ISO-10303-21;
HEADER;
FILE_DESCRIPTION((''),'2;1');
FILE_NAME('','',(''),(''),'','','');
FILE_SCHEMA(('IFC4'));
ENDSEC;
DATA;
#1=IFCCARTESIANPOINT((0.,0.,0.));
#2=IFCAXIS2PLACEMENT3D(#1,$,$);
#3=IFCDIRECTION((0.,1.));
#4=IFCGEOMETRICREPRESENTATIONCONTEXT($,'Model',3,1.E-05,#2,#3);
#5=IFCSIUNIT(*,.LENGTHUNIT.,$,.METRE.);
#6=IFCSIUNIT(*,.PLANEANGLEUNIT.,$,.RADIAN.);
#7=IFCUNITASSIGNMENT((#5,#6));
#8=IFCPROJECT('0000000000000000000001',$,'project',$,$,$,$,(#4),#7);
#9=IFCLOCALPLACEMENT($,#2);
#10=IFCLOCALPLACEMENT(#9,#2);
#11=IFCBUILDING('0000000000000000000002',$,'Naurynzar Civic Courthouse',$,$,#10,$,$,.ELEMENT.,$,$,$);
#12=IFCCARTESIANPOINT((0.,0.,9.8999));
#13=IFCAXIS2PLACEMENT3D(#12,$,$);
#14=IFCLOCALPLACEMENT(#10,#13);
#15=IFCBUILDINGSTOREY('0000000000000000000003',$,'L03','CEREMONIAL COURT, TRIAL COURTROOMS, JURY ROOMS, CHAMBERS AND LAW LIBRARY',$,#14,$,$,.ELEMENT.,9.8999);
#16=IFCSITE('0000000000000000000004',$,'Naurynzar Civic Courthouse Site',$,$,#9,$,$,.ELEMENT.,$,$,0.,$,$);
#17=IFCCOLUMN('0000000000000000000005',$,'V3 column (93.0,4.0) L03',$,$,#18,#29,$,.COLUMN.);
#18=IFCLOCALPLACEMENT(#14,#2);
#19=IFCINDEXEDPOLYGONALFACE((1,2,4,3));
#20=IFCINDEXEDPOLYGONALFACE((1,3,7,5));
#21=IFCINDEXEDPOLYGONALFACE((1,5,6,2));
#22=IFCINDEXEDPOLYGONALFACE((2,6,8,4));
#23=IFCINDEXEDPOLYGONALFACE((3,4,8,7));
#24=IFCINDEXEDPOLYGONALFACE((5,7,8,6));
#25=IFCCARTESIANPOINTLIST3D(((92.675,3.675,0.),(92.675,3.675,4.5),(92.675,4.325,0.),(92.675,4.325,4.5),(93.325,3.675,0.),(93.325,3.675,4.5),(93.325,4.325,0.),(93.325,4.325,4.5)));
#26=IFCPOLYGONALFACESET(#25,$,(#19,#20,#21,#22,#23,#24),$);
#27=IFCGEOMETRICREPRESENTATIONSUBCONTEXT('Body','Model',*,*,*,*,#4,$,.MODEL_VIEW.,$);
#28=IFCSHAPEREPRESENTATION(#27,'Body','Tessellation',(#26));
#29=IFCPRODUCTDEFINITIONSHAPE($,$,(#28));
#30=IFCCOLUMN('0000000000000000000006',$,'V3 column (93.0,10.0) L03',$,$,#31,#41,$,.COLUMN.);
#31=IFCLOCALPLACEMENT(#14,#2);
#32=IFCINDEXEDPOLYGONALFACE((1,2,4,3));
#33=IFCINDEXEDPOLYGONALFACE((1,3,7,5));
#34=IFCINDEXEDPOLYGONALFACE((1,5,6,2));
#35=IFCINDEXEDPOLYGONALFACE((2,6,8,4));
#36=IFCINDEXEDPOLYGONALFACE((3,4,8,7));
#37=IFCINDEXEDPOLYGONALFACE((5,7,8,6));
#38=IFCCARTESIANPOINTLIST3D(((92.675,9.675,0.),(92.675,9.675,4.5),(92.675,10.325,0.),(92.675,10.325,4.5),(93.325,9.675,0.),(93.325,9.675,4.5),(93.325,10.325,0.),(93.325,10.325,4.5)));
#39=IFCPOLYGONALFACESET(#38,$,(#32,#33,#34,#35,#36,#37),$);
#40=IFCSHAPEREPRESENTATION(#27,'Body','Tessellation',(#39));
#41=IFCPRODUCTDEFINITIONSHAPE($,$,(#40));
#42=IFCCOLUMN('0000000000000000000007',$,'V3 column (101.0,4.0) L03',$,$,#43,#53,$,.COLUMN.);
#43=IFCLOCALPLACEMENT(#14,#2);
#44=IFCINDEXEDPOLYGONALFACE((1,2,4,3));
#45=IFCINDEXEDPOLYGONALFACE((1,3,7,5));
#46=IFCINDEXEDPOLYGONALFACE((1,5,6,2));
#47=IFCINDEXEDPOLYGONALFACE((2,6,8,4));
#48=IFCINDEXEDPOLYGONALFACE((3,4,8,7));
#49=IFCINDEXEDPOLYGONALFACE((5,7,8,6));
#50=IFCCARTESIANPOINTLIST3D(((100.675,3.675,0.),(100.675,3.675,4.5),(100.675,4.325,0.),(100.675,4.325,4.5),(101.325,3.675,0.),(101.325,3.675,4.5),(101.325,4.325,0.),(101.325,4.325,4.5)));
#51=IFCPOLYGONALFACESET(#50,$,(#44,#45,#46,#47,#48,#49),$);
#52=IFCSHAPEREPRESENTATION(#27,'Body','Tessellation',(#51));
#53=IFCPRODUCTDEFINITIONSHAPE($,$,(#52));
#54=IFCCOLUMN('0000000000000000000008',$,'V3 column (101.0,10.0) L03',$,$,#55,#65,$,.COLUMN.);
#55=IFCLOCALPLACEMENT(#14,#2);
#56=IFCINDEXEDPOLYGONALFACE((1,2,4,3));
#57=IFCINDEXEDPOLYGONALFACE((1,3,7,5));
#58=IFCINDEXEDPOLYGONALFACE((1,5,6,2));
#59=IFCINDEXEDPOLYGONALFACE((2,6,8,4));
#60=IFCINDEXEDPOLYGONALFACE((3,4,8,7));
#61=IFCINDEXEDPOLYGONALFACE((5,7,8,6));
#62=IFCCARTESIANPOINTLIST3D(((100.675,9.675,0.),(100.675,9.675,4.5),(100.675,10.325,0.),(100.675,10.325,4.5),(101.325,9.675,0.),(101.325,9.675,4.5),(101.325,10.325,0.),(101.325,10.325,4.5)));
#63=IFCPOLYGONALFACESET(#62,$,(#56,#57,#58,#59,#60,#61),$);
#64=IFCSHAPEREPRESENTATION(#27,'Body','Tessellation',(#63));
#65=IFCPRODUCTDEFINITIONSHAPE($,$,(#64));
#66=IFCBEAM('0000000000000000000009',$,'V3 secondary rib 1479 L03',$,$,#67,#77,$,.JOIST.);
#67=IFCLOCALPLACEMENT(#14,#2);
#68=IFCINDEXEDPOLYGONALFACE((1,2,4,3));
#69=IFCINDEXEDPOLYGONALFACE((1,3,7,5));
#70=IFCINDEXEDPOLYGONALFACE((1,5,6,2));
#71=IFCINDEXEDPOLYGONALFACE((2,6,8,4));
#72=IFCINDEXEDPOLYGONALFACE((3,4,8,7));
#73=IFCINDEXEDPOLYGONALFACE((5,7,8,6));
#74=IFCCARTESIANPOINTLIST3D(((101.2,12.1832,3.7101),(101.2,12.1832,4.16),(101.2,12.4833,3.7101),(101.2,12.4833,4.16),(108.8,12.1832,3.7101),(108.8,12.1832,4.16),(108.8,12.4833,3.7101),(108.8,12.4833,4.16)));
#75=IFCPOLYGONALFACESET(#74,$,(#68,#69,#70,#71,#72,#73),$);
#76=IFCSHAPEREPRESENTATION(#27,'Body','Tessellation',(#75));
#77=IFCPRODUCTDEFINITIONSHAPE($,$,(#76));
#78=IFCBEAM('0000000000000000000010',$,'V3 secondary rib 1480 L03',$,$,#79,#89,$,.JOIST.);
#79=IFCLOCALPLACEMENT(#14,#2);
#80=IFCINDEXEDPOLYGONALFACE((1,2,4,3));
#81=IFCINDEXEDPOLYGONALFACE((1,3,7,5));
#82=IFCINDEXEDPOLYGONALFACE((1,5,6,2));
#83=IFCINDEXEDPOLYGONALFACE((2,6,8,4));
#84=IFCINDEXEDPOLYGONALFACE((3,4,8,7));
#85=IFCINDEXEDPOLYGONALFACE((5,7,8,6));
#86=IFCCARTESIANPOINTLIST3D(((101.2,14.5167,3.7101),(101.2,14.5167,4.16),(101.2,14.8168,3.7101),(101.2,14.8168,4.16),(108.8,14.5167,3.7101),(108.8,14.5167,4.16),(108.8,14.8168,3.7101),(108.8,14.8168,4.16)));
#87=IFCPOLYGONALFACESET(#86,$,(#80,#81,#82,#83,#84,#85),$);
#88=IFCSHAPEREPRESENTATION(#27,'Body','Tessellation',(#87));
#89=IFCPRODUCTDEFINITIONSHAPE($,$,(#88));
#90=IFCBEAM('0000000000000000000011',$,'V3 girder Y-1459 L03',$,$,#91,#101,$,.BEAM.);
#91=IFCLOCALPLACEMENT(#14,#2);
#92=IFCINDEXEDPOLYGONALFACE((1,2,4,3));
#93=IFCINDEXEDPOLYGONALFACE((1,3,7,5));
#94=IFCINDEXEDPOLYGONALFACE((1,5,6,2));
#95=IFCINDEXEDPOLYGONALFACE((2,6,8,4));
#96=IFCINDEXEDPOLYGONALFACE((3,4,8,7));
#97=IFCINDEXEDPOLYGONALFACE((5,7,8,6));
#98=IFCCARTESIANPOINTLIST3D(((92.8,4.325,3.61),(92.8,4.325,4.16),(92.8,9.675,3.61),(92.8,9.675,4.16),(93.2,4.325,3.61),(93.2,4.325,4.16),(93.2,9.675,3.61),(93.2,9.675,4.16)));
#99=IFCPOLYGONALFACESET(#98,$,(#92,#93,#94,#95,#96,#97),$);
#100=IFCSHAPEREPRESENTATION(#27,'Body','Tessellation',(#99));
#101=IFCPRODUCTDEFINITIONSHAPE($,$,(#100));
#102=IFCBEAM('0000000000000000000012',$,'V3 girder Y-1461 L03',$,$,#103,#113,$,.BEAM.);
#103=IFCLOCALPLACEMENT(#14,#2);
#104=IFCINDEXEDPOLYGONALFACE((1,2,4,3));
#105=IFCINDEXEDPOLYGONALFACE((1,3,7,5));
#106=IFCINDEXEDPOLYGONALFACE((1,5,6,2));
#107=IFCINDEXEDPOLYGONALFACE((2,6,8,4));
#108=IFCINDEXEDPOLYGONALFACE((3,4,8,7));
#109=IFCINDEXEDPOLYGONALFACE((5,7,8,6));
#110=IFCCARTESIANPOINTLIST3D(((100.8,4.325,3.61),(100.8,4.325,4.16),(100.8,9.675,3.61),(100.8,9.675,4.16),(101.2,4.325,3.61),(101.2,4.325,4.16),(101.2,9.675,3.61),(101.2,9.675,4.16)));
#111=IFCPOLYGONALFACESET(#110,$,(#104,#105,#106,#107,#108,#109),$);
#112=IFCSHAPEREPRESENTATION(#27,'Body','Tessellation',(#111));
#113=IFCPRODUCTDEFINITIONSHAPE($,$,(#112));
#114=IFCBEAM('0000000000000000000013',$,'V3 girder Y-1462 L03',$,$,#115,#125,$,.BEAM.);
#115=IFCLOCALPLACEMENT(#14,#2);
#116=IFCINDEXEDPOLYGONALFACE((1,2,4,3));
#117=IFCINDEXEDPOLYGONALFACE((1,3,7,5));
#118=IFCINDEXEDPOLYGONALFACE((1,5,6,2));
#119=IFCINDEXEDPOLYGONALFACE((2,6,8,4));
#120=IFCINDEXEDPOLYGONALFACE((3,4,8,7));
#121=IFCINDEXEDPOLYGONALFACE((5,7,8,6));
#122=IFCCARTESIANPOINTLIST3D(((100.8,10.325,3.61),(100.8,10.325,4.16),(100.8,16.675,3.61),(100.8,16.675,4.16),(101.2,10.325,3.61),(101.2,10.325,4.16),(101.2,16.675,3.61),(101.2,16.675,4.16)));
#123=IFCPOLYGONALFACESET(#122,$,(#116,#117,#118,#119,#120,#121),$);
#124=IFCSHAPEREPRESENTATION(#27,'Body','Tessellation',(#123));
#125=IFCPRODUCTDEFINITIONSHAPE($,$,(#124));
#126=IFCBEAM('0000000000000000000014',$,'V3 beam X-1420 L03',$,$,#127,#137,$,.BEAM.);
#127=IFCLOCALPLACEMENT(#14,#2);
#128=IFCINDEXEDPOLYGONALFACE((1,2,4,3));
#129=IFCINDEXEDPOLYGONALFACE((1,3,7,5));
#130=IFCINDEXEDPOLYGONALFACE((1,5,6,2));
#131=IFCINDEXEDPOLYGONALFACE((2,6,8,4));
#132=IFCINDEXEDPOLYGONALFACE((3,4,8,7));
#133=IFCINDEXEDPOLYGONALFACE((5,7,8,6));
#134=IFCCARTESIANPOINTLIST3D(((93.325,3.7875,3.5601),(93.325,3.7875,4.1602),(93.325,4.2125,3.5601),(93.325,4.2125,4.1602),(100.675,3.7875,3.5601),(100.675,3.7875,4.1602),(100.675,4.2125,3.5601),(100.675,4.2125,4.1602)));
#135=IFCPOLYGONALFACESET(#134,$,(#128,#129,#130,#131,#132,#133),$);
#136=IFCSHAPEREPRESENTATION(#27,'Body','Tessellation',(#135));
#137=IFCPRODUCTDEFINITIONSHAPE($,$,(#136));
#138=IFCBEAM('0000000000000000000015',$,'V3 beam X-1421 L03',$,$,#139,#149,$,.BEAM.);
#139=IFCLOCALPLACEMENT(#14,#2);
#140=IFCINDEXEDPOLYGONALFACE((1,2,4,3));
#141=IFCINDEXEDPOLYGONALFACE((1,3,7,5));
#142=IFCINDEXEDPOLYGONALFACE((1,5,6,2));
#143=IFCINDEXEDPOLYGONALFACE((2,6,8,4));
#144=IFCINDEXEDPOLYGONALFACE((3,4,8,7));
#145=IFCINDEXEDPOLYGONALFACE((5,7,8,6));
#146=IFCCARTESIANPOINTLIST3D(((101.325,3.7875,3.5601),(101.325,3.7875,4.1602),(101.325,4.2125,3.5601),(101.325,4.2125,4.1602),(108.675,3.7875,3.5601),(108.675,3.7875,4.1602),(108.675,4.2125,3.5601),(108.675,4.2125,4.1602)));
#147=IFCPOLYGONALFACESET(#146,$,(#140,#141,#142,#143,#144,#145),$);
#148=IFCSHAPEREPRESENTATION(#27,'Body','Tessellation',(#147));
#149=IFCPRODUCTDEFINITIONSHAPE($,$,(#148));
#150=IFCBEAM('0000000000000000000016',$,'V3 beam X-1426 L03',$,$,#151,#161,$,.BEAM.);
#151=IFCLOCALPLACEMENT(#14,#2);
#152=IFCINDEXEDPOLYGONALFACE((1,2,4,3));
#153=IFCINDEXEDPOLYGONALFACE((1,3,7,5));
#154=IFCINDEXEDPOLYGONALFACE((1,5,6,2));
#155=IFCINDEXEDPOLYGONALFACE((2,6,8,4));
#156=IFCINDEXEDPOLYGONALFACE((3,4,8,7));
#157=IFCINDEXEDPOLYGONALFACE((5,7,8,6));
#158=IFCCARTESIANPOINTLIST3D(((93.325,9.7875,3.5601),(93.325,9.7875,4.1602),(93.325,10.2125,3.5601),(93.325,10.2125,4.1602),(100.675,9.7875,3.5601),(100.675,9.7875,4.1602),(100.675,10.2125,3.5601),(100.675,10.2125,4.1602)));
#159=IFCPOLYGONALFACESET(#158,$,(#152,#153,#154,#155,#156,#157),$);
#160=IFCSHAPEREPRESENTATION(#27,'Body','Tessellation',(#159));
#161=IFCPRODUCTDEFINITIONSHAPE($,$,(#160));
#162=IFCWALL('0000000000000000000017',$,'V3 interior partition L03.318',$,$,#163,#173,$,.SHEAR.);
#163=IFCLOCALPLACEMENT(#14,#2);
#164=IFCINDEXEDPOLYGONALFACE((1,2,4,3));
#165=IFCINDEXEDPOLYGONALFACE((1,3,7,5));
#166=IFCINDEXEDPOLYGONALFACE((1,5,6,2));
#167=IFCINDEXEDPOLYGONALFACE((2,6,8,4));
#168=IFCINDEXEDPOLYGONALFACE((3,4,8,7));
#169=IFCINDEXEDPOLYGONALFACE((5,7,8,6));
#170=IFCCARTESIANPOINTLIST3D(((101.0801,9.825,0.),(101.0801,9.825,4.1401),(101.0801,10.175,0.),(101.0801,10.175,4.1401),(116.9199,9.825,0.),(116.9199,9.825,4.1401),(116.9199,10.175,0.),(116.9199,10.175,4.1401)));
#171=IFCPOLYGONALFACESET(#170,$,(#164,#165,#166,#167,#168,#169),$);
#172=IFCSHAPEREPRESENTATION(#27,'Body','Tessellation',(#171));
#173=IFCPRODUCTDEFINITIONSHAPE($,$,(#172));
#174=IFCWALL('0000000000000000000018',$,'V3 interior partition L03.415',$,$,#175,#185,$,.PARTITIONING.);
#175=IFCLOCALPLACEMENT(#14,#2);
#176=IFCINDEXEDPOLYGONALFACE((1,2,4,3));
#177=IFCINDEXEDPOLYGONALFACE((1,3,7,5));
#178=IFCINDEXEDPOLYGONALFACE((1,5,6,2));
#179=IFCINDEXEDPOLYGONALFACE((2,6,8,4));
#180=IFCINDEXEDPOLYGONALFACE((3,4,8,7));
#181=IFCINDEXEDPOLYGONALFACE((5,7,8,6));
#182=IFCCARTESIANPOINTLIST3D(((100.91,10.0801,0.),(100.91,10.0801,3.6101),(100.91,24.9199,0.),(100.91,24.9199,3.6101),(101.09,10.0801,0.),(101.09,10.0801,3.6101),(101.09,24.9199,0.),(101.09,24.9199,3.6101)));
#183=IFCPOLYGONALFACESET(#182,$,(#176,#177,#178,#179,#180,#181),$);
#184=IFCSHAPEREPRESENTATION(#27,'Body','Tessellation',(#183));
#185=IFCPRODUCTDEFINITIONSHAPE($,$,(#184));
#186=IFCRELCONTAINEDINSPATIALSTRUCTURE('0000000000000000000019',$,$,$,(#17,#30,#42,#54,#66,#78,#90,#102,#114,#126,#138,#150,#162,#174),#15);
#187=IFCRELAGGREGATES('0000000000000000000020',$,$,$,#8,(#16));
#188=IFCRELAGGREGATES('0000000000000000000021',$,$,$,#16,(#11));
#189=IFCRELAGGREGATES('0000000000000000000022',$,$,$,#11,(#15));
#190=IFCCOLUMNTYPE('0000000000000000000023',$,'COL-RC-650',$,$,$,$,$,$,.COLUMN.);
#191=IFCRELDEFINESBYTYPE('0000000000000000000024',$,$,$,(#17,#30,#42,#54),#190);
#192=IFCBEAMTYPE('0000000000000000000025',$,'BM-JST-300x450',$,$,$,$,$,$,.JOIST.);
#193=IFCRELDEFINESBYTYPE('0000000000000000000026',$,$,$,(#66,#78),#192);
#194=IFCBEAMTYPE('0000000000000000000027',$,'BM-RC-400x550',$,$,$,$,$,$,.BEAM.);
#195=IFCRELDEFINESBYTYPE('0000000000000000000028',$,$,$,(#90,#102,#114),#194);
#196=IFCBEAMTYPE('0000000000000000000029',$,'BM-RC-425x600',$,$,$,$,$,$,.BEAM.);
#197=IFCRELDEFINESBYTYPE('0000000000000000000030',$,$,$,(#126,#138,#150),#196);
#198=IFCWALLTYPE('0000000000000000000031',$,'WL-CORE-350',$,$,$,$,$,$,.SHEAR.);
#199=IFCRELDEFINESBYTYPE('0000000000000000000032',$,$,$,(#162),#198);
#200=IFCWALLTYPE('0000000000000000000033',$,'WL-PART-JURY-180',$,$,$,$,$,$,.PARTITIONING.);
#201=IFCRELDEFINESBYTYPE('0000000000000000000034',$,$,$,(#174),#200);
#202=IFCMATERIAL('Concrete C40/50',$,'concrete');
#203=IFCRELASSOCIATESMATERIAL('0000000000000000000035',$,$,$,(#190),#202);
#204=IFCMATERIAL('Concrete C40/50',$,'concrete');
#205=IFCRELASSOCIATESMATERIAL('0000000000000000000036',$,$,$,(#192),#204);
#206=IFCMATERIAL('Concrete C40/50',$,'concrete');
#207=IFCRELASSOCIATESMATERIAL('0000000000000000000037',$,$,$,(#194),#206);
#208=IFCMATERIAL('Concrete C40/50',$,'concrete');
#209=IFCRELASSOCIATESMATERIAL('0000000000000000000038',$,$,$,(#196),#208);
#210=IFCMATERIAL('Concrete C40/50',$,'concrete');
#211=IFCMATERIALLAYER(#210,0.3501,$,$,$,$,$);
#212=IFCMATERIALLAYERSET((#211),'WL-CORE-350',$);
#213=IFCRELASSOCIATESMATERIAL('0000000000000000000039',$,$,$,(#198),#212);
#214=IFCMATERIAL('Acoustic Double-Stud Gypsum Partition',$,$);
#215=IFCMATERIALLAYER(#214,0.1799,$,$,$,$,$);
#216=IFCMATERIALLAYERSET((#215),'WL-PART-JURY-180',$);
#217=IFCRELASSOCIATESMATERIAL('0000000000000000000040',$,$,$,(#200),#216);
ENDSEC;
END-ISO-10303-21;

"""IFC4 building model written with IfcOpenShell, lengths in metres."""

from ifc_helpers import new_model, si_unit, direction, frame, frame_2d, origin, origin_2d, place, context, subcontext, project, spatial, rectangle, extrude, material, layer, layer_set, material_profile, profile_set, type_object, element, save


model = new_model("IFC4")

# Units and contexts
model_context = context("Model", 3, precision=1e-05, world=origin(), true_north=direction((0.0, 1.0)))
body_context = subcontext(model_context, "Body", "Model", "MODEL_VIEW")
ifc_project = project(units=[si_unit("LENGTHUNIT", "METRE"), si_unit("PLANEANGLEUNIT", "RADIAN")], contexts=[model_context])

# Site, building, storey
site_placement = place(None, origin())
site = spatial("IfcSite", under=ifc_project, at=site_placement, Name="Naurynzar Civic Courthouse Site", CompositionType="ELEMENT", RefElevation=0.0)
building_placement = place(site_placement, origin())
building = spatial("IfcBuilding", under=site, at=building_placement, Name="Naurynzar Civic Courthouse", CompositionType="ELEMENT")
storey_placement = place(building_placement, frame((0.0, 0.0, 9.8999)))
storey = spatial("IfcBuildingStorey", under=building, at=storey_placement, Name="L03", Description="CEREMONIAL COURT, TRIAL COURTROOMS, JURY ROOMS, CHAMBERS AND LAW LIBRARY", CompositionType="ELEMENT", Elevation=9.8999)

# Columns
ifc_material_1 = material(Name="Concrete C40/50", Category="concrete")
ifc_material_profile_1 = material_profile(ifc_material_1, rectangle(XDim=0.6499, YDim=0.6499, at=origin_2d()), Name="RC 650x650")
ifc_profile_set_1 = profile_set([ifc_material_profile_1], Name="Concrete C40/50")
column_type = type_object("IfcColumnType", Name="COL-RC-650", PredefinedType="COLUMN", material=ifc_profile_set_1)
for number, where, z_axis, x_axis, name in (
    (1, (93.0, 4.0, 0.0), (0.0, 0.0, 1.0), (1.0, 0.0, 0.0), "V3 column (93.0,4.0) L03"),
    (2, (93.0, 10.0, 0.0), (0.0, 0.0, 1.0), (1.0, 0.0, 0.0), "V3 column (93.0,10.0) L03"),
    (3, (101.0, 4.0, 0.0), (0.0, 0.0, 1.0), (1.0, 0.0, 0.0), "V3 column (101.0,4.0) L03"),
    (4, (101.0, 10.0, 0.0), (0.0, 0.0, 1.0), (1.0, 0.0, 0.0), "V3 column (101.0,10.0) L03"),
):
    element("IfcColumn", number, at=place(storey_placement, frame(where, z_axis=z_axis, x_axis=x_axis)), inside=storey, type_object=column_type, Name=name, PredefinedType="COLUMN", context=body_context, shape_type="SweptSolid", body=[
        extrude(rectangle(XDim=0.6499, YDim=0.6499, at=origin_2d()), origin(), (0.0, 0.0, 1.0), 4.5),
    ])

# Beams
ifc_material_2 = material(Name="Concrete C40/50", Category="concrete")
ifc_material_profile_2 = material_profile(ifc_material_2, rectangle(XDim=0.3, YDim=0.45, at=origin_2d()), Name="RCJ 300x450")
ifc_profile_set_2 = profile_set([ifc_material_profile_2], Name="Concrete C40/50")
beam_type_1 = type_object("IfcBeamType", Name="BM-JST-300x450", PredefinedType="JOIST", material=ifc_profile_set_2)
for number, where, z_axis, x_axis, name in (
    (5, (101.2, 12.3333, 3.9351), (1.0, 0.0, 0.0), (0.0, 1.0, 0.0), "V3 secondary rib 1479 L03"),
    (6, (101.2, 14.6667, 3.9351), (1.0, 0.0, 0.0), (0.0, 1.0, 0.0), "V3 secondary rib 1480 L03"),
):
    element("IfcBeam", number, at=place(storey_placement, frame(where, z_axis=z_axis, x_axis=x_axis)), inside=storey, type_object=beam_type_1, Name=name, PredefinedType="JOIST", context=body_context, shape_type="SweptSolid", body=[
        extrude(rectangle(XDim=0.3, YDim=0.45, at=origin_2d()), origin(), (0.0, 0.0, 1.0), 7.6001),
    ])
ifc_material_3 = material(Name="Concrete C40/50", Category="concrete")
ifc_material_profile_3 = material_profile(ifc_material_3, rectangle(XDim=0.3999, YDim=0.55, at=origin_2d()), Name="RCB 400x550")
ifc_profile_set_3 = profile_set([ifc_material_profile_3], Name="Concrete C40/50")
beam_type_2 = type_object("IfcBeamType", Name="BM-RC-400x550", PredefinedType="BEAM", material=ifc_profile_set_3)
for number, where, z_axis, x_axis, name in (
    (7, (93.0, 4.325, 3.885), (0.0, 1.0, 0.0), (-1.0, 0.0, 0.0), "V3 girder Y-1459 L03"),
    (8, (101.0, 4.325, 3.885), (0.0, 1.0, 0.0), (-1.0, 0.0, 0.0), "V3 girder Y-1461 L03"),
):
    element("IfcBeam", number, at=place(storey_placement, frame(where, z_axis=z_axis, x_axis=x_axis)), inside=storey, type_object=beam_type_2, Name=name, PredefinedType="BEAM", context=body_context, shape_type="SweptSolid", body=[
        extrude(rectangle(XDim=0.3999, YDim=0.55, at=origin_2d()), origin(), (0.0, 0.0, 1.0), 5.3501),
    ])
beam_placement = place(storey_placement, frame((101.0, 10.325, 3.885), z_axis=(0.0, 1.0, 0.0), x_axis=(-1.0, 0.0, 0.0)))
element("IfcBeam", 9, at=beam_placement, inside=storey, type_object=beam_type_2, Name="V3 girder Y-1462 L03", PredefinedType="BEAM", context=body_context, shape_type="SweptSolid", body=[
    extrude(rectangle(XDim=0.3999, YDim=0.55, at=origin_2d()), origin(), (0.0, 0.0, 1.0), 6.3501),
])
ifc_material_4 = material(Name="Concrete C40/50", Category="concrete")
ifc_material_profile_4 = material_profile(ifc_material_4, rectangle(XDim=0.425, YDim=0.6001, at=origin_2d()), Name="RCB 425x600")
ifc_profile_set_4 = profile_set([ifc_material_profile_4], Name="Concrete C40/50")
beam_type_3 = type_object("IfcBeamType", Name="BM-RC-425x600", PredefinedType="BEAM", material=ifc_profile_set_4)
for number, where, z_axis, x_axis, name in (
    (10, (93.325, 4.0, 3.8601), (1.0, 0.0, 0.0), (0.0, 1.0, 0.0), "V3 beam X-1420 L03"),
    (11, (101.325, 4.0, 3.8601), (1.0, 0.0, 0.0), (0.0, 1.0, 0.0), "V3 beam X-1421 L03"),
    (12, (93.325, 10.0, 3.8601), (1.0, 0.0, 0.0), (0.0, 1.0, 0.0), "V3 beam X-1426 L03"),
):
    element("IfcBeam", number, at=place(storey_placement, frame(where, z_axis=z_axis, x_axis=x_axis)), inside=storey, type_object=beam_type_3, Name=name, PredefinedType="BEAM", context=body_context, shape_type="SweptSolid", body=[
        extrude(rectangle(XDim=0.425, YDim=0.6001, at=origin_2d()), origin(), (0.0, 0.0, 1.0), 7.3501),
    ])

# Walls
ifc_material_5 = material(Name="Concrete C40/50", Category="concrete")
ifc_layer_1 = layer(ifc_material_5, 0.3501)
ifc_layer_set_1 = layer_set([ifc_layer_1], Name="WL-CORE-350")
wall_type_1 = type_object("IfcWallType", Name="WL-CORE-350", PredefinedType="SHEAR", material=ifc_layer_set_1)
wall_1_placement = place(storey_placement, frame((101.0801, 10.0, 0.0), z_axis=(0.0, 0.0, 1.0), x_axis=(1.0, 0.0, 0.0)))
element("IfcWall", 13, at=wall_1_placement, inside=storey, type_object=wall_type_1, Name="V3 interior partition L03.318", PredefinedType="SHEAR", context=body_context, shape_type="SweptSolid", body=[
    extrude(rectangle(XDim=15.8398, YDim=0.3501, at=frame_2d((7.9199, 0.0))), origin(), (0.0, 0.0, 1.0), 4.1401),
])
ifc_material_6 = material(Name="Acoustic Double-Stud Gypsum Partition")
ifc_layer_2 = layer(ifc_material_6, 0.1799)
ifc_layer_set_2 = layer_set([ifc_layer_2], Name="WL-PART-JURY-180")
wall_type_2 = type_object("IfcWallType", Name="WL-PART-JURY-180", PredefinedType="PARTITIONING", material=ifc_layer_set_2)
wall_2_placement = place(storey_placement, frame((101.0, 10.0801, 0.0), z_axis=(0.0, 0.0, 1.0), x_axis=(0.0, 1.0, 0.0)))
element("IfcWall", 14, at=wall_2_placement, inside=storey, type_object=wall_type_2, Name="V3 interior partition L03.415", PredefinedType="PARTITIONING", context=body_context, shape_type="SweptSolid", body=[
    extrude(rectangle(XDim=14.8398, YDim=0.1799, at=frame_2d((7.4199, 0.0))), origin(), (0.0, 0.0, 1.0), 3.6101),
])

save(model, "model.ifc")
